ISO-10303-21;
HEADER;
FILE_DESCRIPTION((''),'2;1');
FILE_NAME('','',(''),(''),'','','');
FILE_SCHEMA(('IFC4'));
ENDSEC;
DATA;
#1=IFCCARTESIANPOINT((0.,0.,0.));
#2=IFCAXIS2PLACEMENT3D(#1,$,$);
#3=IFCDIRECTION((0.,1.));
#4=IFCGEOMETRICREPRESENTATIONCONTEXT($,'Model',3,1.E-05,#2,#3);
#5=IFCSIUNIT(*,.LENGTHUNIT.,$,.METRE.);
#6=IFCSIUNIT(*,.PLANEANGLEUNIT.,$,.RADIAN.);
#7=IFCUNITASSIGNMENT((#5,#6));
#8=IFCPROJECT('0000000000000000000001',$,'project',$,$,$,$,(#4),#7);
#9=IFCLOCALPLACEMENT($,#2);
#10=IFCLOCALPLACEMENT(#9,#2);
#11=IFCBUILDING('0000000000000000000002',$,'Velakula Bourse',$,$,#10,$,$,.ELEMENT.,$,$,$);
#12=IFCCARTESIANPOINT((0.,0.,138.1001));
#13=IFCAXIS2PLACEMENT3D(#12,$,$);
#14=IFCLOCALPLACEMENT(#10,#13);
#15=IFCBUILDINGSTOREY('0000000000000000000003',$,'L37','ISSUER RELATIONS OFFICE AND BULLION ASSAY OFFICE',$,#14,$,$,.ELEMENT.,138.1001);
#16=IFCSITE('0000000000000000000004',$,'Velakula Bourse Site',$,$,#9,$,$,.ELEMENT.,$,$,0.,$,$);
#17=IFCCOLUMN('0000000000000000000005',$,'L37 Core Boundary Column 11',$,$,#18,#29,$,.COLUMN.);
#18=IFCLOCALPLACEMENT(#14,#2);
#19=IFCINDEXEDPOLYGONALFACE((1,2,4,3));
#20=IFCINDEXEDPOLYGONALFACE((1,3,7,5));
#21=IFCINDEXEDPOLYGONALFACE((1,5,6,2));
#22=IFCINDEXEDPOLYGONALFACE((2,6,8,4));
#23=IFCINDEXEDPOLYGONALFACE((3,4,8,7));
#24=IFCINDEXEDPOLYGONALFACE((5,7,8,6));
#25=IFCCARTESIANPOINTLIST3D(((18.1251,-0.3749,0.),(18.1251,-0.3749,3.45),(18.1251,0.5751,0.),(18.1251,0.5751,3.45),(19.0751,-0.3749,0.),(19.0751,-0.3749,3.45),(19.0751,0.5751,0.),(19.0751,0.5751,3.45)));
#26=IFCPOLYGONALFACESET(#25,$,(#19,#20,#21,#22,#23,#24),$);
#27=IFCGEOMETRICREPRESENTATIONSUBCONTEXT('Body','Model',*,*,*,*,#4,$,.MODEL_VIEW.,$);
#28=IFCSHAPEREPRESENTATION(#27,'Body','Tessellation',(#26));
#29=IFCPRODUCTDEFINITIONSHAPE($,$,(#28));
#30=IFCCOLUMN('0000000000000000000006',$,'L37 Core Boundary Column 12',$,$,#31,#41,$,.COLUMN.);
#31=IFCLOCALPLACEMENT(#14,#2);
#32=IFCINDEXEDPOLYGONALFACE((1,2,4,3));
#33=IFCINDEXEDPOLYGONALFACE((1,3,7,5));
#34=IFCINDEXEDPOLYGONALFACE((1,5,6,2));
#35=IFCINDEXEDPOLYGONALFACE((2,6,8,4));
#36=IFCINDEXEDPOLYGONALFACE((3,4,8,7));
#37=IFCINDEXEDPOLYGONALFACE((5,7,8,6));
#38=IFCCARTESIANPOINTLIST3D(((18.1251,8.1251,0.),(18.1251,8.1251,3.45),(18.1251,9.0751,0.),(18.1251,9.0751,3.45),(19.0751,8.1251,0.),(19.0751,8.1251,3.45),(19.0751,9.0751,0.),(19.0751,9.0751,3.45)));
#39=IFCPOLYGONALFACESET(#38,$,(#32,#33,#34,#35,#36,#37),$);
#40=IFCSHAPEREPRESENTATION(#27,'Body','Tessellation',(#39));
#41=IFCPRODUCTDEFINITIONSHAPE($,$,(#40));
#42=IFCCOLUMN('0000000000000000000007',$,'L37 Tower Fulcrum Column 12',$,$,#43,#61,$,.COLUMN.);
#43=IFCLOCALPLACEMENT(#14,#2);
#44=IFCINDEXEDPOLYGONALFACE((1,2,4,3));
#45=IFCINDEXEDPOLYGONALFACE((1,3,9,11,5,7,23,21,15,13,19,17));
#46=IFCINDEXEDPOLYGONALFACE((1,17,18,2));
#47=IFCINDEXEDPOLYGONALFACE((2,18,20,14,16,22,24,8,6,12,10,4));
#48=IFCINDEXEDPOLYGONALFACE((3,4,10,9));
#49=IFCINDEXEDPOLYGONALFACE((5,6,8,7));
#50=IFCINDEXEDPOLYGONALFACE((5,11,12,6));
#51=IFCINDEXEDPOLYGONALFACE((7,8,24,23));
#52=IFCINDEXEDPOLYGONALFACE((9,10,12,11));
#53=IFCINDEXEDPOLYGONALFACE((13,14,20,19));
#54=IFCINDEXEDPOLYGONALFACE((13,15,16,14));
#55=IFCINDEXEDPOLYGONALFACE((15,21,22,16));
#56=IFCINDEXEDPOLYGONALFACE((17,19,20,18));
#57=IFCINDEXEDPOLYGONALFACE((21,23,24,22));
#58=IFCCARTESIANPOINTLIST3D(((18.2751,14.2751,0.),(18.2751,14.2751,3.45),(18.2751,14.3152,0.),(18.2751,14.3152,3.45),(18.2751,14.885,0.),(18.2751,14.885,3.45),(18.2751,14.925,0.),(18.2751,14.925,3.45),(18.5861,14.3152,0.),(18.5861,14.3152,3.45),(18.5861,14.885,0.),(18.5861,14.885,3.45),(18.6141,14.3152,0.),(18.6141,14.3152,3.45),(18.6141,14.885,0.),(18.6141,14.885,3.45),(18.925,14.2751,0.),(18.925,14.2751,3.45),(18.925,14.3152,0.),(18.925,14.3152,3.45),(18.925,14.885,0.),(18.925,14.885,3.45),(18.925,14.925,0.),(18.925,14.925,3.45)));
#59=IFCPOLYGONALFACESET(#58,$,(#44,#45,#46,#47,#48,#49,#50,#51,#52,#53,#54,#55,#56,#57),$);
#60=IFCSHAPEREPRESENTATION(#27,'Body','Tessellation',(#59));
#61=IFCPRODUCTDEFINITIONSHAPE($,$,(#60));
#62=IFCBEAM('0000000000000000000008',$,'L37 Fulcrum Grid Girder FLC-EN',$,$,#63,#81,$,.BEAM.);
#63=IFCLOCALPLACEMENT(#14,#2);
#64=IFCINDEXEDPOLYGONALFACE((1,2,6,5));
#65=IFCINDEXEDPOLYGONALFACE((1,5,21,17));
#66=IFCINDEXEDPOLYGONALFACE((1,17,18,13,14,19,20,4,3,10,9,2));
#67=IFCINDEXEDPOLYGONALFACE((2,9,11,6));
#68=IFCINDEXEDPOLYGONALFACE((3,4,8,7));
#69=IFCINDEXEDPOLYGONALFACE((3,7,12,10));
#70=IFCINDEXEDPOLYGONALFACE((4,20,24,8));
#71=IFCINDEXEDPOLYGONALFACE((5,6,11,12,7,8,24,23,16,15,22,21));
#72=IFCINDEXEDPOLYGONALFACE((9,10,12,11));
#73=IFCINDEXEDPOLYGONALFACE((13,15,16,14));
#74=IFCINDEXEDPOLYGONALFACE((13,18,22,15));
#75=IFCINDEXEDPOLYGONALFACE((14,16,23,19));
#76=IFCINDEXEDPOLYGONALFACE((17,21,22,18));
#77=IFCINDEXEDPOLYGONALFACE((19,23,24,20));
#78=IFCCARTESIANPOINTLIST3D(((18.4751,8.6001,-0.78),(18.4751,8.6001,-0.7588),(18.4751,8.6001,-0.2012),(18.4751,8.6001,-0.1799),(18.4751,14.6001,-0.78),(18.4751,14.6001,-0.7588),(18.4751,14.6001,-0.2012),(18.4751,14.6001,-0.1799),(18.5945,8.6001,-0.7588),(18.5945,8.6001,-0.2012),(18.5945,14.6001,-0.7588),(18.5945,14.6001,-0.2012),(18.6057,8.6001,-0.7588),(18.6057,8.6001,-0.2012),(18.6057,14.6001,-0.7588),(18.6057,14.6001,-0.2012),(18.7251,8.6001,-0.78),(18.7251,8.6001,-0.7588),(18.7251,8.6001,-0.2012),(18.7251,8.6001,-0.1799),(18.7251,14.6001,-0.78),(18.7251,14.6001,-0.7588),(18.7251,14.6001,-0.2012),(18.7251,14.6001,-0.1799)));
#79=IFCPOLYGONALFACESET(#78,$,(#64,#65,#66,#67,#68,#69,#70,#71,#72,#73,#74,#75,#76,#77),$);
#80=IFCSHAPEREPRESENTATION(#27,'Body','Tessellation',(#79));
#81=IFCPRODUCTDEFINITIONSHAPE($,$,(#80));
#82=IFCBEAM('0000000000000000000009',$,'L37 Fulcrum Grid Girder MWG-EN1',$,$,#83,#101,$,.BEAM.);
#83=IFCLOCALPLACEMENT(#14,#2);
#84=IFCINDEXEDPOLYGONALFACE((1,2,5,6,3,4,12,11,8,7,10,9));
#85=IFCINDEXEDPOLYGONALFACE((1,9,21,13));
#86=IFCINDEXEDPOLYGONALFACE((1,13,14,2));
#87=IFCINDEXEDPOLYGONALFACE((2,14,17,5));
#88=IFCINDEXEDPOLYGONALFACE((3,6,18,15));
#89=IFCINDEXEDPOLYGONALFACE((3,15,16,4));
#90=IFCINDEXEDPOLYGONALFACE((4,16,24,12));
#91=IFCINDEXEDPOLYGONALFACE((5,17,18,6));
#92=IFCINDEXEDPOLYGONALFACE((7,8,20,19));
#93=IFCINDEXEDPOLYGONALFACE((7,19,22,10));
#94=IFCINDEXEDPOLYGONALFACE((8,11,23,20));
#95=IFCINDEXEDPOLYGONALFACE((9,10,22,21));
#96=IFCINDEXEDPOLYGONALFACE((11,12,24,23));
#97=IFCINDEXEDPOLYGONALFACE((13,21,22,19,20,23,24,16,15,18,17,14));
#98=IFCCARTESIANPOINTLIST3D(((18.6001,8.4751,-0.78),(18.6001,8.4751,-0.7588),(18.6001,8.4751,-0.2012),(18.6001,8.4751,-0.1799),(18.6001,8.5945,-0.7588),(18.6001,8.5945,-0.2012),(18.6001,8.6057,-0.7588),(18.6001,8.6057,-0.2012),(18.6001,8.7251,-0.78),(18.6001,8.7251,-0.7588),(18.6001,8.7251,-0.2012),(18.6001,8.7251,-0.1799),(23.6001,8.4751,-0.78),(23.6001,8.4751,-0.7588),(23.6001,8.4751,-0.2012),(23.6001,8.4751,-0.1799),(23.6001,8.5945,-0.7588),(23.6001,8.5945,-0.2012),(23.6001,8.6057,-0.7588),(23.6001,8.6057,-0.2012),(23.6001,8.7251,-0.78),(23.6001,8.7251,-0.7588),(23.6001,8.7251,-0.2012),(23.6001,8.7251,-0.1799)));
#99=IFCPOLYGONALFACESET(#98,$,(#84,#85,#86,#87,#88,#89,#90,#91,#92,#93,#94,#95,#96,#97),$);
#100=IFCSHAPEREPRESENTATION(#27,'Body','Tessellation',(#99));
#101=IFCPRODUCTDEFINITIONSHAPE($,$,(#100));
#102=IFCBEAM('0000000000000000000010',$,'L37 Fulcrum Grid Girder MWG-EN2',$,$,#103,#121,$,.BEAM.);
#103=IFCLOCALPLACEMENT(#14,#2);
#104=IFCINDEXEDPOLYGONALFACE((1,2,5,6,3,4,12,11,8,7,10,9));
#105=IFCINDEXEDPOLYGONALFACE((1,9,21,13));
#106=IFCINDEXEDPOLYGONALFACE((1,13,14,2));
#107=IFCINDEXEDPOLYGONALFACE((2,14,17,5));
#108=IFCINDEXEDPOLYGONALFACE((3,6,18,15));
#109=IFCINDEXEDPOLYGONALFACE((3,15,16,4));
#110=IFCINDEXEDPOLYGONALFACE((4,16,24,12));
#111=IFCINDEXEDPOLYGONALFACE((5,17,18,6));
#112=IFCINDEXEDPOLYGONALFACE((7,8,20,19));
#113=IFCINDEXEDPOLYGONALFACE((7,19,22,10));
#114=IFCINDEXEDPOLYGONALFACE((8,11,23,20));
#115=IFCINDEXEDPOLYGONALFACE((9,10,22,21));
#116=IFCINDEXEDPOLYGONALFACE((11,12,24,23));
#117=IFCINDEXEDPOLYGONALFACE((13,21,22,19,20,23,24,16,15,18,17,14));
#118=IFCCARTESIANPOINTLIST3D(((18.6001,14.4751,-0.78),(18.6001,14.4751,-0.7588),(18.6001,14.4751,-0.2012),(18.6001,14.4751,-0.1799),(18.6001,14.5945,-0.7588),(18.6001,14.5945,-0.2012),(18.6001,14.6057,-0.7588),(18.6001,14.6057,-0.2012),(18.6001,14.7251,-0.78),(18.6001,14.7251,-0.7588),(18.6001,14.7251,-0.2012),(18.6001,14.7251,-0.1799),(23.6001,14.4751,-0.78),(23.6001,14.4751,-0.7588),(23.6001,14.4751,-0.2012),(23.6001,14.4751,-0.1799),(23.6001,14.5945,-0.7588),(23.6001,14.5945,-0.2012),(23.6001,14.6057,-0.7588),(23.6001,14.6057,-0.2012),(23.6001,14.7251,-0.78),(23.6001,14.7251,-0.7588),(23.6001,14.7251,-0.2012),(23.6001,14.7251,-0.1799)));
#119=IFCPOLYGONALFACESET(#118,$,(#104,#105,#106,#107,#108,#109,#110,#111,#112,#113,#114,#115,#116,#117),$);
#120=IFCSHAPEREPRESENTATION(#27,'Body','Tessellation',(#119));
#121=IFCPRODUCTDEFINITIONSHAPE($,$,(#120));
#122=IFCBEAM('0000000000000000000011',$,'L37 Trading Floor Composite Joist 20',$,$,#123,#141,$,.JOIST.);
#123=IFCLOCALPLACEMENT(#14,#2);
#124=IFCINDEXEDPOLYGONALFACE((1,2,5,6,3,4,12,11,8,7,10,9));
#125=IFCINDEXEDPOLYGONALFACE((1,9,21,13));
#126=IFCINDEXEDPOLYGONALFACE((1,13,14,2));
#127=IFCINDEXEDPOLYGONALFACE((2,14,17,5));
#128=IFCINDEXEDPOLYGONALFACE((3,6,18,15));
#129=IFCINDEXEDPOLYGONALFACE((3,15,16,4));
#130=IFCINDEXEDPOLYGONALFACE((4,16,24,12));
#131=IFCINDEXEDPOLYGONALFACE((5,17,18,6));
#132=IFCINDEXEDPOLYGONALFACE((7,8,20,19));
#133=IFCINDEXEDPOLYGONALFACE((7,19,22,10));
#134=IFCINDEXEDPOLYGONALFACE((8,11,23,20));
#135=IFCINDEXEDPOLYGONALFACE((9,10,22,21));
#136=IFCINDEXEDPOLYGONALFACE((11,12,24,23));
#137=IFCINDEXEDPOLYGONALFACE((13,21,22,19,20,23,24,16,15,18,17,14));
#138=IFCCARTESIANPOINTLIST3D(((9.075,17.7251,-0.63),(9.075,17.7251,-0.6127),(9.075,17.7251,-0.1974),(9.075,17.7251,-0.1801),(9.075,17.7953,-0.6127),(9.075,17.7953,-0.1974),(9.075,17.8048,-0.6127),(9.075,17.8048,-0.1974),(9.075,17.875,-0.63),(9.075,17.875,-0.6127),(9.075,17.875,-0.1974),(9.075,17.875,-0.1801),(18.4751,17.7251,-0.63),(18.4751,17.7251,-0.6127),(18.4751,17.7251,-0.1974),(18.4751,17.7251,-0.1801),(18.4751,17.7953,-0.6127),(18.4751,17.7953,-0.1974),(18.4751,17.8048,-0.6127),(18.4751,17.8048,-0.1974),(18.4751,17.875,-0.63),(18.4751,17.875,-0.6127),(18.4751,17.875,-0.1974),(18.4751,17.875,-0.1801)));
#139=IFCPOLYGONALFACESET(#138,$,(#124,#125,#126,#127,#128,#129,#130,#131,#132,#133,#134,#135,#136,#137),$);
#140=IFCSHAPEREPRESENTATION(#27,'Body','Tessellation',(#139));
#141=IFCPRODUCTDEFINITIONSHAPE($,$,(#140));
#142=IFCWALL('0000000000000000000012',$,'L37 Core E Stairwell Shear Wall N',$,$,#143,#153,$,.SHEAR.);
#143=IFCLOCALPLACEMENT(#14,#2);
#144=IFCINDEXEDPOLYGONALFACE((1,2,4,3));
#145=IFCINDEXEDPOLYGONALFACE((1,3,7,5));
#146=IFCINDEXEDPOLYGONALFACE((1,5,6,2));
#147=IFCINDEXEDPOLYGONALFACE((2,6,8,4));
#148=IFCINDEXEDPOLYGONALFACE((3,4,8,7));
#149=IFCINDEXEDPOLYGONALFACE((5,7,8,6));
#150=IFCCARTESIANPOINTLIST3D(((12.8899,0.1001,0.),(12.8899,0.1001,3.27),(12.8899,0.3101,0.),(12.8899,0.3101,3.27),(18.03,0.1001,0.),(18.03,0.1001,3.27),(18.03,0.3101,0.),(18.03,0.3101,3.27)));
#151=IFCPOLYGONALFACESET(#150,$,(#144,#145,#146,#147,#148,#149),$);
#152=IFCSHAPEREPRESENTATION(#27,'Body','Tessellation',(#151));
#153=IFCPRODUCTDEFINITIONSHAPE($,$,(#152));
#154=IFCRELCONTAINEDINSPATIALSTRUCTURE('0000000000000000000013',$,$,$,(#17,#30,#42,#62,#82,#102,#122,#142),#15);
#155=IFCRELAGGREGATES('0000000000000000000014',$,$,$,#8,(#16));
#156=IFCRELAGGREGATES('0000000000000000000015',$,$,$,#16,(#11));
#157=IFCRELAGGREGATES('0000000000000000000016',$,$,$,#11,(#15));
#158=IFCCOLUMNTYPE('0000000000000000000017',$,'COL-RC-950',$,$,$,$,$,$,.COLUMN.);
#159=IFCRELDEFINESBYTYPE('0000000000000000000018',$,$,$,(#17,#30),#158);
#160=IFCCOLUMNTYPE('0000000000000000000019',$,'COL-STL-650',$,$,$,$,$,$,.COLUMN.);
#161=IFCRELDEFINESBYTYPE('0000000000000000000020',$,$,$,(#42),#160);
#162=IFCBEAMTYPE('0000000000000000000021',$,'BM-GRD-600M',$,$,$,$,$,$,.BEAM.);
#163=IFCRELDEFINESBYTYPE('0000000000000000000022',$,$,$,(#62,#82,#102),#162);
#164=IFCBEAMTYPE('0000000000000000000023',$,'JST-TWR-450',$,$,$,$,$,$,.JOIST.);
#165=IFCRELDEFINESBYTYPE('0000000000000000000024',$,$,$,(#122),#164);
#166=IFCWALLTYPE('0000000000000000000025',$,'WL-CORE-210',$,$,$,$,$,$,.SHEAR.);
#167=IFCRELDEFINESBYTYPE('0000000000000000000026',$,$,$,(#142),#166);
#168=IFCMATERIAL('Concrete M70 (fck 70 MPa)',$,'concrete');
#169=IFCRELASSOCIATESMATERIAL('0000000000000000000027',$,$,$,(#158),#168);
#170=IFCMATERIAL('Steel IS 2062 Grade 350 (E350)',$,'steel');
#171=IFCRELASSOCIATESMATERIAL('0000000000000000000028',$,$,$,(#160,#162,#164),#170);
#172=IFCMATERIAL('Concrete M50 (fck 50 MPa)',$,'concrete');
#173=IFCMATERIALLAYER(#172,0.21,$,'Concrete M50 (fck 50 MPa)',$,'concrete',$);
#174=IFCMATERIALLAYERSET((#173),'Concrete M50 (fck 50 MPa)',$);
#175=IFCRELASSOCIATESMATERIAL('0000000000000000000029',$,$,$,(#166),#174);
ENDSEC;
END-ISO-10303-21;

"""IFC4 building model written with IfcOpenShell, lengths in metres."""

from ifc_helpers import new_model, si_unit, direction, frame, frame_2d, origin, origin_2d, place, context, subcontext, project, spatial, rectangle, i_section, extrude, material, layer, layer_set, material_profile, profile_set, type_object, element, save


model = new_model("IFC4")

# Units and contexts
model_context = context("Model", 3, precision=1e-05, world=origin(), true_north=direction((0.0, 1.0)))
body_context = subcontext(model_context, "Body", "Model", "MODEL_VIEW")
ifc_project = project(units=[si_unit("LENGTHUNIT", "METRE"), si_unit("PLANEANGLEUNIT", "RADIAN")], contexts=[model_context])

# Site, building, storey
site_placement = place(None, origin())
site = spatial("IfcSite", under=ifc_project, at=site_placement, Name="Velakula Bourse Site", CompositionType="ELEMENT", RefElevation=0.0)
building_placement = place(site_placement, origin())
building = spatial("IfcBuilding", under=site, at=building_placement, Name="Velakula Bourse", CompositionType="ELEMENT")
storey_placement = place(building_placement, frame((0.0, 0.0, 138.1001)))
storey = spatial("IfcBuildingStorey", under=building, at=storey_placement, Name="L37", Description="ISSUER RELATIONS OFFICE AND BULLION ASSAY OFFICE", CompositionType="ELEMENT", Elevation=138.1001)

# Columns
ifc_material_1 = material(Name="Concrete M70 (fck 70 MPa)", Category="concrete")
ifc_material_profile_1 = material_profile(ifc_material_1, rectangle(XDim=0.95, YDim=0.95, at=origin_2d()), Name="Concrete M70 (fck 70 MPa)")
ifc_profile_set_1 = profile_set([ifc_material_profile_1], Name="Concrete M70 (fck 70 MPa)")
column_type_1 = type_object("IfcColumnType", Name="COL-RC-950", PredefinedType="COLUMN", material=ifc_profile_set_1)
for number, where, z_axis, x_axis, name in (
    (1, (18.6001, 0.1001, 0.0), (0.0, 0.0, 1.0), (1.0, 0.0, 0.0), "L37 Core Boundary Column 11"),
    (2, (18.6001, 8.6001, 0.0), (0.0, 0.0, 1.0), (1.0, 0.0, 0.0), "L37 Core Boundary Column 12"),
):
    element("IfcColumn", number, at=place(storey_placement, frame(where, z_axis=z_axis, x_axis=x_axis)), inside=storey, type_object=column_type_1, Name=name, PredefinedType="COLUMN", context=body_context, shape_type="SweptSolid", body=[
        extrude(rectangle(XDim=0.95, YDim=0.95, at=origin_2d()), origin(), (0.0, 0.0, 1.0), 3.45),
    ])
ifc_material_2 = material(Name="Steel IS 2062 Grade 350 (E350)", Category="steel")
ifc_material_profile_2 = material_profile(ifc_material_2, i_section(OverallWidth=0.6499, OverallDepth=0.6499, WebThickness=0.0281, FlangeThickness=0.04, at=origin_2d()), Name="Steel IS 2062 Grade 350 (E350)")
ifc_profile_set_2 = profile_set([ifc_material_profile_2], Name="Steel IS 2062 Grade 350 (E350)")
column_type_2 = type_object("IfcColumnType", Name="COL-STL-650", PredefinedType="COLUMN", material=ifc_profile_set_2)
column_placement = place(storey_placement, frame((18.6001, 14.6001, 0.0), z_axis=(0.0, 0.0, 1.0), x_axis=(1.0, 0.0, 0.0)))
element("IfcColumn", 3, at=column_placement, inside=storey, type_object=column_type_2, Name="L37 Tower Fulcrum Column 12", PredefinedType="COLUMN", context=body_context, shape_type="SweptSolid", body=[
    extrude(i_section(OverallWidth=0.6499, OverallDepth=0.6499, WebThickness=0.0281, FlangeThickness=0.04, at=origin_2d()), origin(), (0.0, 0.0, 1.0), 3.45),
])

# Beams
ifc_material_profile_3 = material_profile(ifc_material_2, i_section(OverallWidth=0.25, OverallDepth=0.6001, WebThickness=0.0112, FlangeThickness=0.0212, at=origin_2d()), Name="Steel IS 2062 Grade 350 (E350)")
ifc_profile_set_3 = profile_set([ifc_material_profile_3], Name="Steel IS 2062 Grade 350 (E350)")
beam_type_1 = type_object("IfcBeamType", Name="BM-GRD-600M", PredefinedType="BEAM", material=ifc_profile_set_3)
beam_1_placement = place(storey_placement, frame((18.6001, 8.6001, -0.48), z_axis=(0.0, 1.0, 0.0), x_axis=(-1.0, 0.0, 0.0)))
element("IfcBeam", 4, at=beam_1_placement, inside=storey, type_object=beam_type_1, Name="L37 Fulcrum Grid Girder FLC-EN", PredefinedType="BEAM", context=body_context, shape_type="SweptSolid", body=[
    extrude(i_section(OverallWidth=0.25, OverallDepth=0.6001, WebThickness=0.0112, FlangeThickness=0.0212, at=origin_2d()), origin(), (0.0, 0.0, 1.0), 6.0),
])
for number, where, z_axis, x_axis, name in (
    (5, (18.6001, 8.6001, -0.48), (1.0, 0.0, 0.0), (0.0, 1.0, 0.0), "L37 Fulcrum Grid Girder MWG-EN1"),
    (6, (18.6001, 14.6001, -0.48), (1.0, 0.0, 0.0), (0.0, 1.0, 0.0), "L37 Fulcrum Grid Girder MWG-EN2"),
):
    element("IfcBeam", number, at=place(storey_placement, frame(where, z_axis=z_axis, x_axis=x_axis)), inside=storey, type_object=beam_type_1, Name=name, PredefinedType="BEAM", context=body_context, shape_type="SweptSolid", body=[
        extrude(i_section(OverallWidth=0.25, OverallDepth=0.6001, WebThickness=0.0112, FlangeThickness=0.0212, at=origin_2d()), origin(), (0.0, 0.0, 1.0), 5.0),
    ])
ifc_material_profile_4 = material_profile(ifc_material_2, i_section(OverallWidth=0.1499, OverallDepth=0.45, WebThickness=0.0095, FlangeThickness=0.0173, at=origin_2d()), Name="Steel IS 2062 Grade 350 (E350)")
ifc_profile_set_4 = profile_set([ifc_material_profile_4], Name="Steel IS 2062 Grade 350 (E350)")
beam_type_2 = type_object("IfcBeamType", Name="JST-TWR-450", PredefinedType="JOIST", material=ifc_profile_set_4)
beam_2_placement = place(storey_placement, frame((9.075, 17.8, -0.405), z_axis=(1.0, 0.0, 0.0), x_axis=(0.0, 1.0, 0.0)))
element("IfcBeam", 7, at=beam_2_placement, inside=storey, type_object=beam_type_2, Name="L37 Trading Floor Composite Joist 20", PredefinedType="JOIST", context=body_context, shape_type="SweptSolid", body=[
    extrude(i_section(OverallWidth=0.1499, OverallDepth=0.45, WebThickness=0.0095, FlangeThickness=0.0173, at=origin_2d()), origin(), (0.0, 0.0, 1.0), 9.4001),
])

# Wall
ifc_material_3 = material(Name="Concrete M50 (fck 50 MPa)", Category="concrete")
ifc_layer_1 = layer(ifc_material_3, 0.21, Name="Concrete M50 (fck 50 MPa)", Category="concrete")
ifc_layer_set_1 = layer_set([ifc_layer_1], Name="Concrete M50 (fck 50 MPa)")
wall_type_1 = type_object("IfcWallType", Name="WL-CORE-210", PredefinedType="SHEAR", material=ifc_layer_set_1)
wall_1_placement = place(storey_placement, frame((18.03, 0.2051, 0.0), z_axis=(0.0, 0.0, 1.0), x_axis=(-1.0, 0.0, 0.0)))
element("IfcWall", 8, at=wall_1_placement, inside=storey, type_object=wall_type_1, Name="L37 Core E Stairwell Shear Wall N", PredefinedType="SHEAR", context=body_context, shape_type="SweptSolid", body=[
    extrude(rectangle(XDim=5.1401, YDim=0.21, at=frame_2d((2.5701, 0.0))), origin(), (0.0, 0.0, 1.0), 3.27),
])

save(model, "model.ifc")
